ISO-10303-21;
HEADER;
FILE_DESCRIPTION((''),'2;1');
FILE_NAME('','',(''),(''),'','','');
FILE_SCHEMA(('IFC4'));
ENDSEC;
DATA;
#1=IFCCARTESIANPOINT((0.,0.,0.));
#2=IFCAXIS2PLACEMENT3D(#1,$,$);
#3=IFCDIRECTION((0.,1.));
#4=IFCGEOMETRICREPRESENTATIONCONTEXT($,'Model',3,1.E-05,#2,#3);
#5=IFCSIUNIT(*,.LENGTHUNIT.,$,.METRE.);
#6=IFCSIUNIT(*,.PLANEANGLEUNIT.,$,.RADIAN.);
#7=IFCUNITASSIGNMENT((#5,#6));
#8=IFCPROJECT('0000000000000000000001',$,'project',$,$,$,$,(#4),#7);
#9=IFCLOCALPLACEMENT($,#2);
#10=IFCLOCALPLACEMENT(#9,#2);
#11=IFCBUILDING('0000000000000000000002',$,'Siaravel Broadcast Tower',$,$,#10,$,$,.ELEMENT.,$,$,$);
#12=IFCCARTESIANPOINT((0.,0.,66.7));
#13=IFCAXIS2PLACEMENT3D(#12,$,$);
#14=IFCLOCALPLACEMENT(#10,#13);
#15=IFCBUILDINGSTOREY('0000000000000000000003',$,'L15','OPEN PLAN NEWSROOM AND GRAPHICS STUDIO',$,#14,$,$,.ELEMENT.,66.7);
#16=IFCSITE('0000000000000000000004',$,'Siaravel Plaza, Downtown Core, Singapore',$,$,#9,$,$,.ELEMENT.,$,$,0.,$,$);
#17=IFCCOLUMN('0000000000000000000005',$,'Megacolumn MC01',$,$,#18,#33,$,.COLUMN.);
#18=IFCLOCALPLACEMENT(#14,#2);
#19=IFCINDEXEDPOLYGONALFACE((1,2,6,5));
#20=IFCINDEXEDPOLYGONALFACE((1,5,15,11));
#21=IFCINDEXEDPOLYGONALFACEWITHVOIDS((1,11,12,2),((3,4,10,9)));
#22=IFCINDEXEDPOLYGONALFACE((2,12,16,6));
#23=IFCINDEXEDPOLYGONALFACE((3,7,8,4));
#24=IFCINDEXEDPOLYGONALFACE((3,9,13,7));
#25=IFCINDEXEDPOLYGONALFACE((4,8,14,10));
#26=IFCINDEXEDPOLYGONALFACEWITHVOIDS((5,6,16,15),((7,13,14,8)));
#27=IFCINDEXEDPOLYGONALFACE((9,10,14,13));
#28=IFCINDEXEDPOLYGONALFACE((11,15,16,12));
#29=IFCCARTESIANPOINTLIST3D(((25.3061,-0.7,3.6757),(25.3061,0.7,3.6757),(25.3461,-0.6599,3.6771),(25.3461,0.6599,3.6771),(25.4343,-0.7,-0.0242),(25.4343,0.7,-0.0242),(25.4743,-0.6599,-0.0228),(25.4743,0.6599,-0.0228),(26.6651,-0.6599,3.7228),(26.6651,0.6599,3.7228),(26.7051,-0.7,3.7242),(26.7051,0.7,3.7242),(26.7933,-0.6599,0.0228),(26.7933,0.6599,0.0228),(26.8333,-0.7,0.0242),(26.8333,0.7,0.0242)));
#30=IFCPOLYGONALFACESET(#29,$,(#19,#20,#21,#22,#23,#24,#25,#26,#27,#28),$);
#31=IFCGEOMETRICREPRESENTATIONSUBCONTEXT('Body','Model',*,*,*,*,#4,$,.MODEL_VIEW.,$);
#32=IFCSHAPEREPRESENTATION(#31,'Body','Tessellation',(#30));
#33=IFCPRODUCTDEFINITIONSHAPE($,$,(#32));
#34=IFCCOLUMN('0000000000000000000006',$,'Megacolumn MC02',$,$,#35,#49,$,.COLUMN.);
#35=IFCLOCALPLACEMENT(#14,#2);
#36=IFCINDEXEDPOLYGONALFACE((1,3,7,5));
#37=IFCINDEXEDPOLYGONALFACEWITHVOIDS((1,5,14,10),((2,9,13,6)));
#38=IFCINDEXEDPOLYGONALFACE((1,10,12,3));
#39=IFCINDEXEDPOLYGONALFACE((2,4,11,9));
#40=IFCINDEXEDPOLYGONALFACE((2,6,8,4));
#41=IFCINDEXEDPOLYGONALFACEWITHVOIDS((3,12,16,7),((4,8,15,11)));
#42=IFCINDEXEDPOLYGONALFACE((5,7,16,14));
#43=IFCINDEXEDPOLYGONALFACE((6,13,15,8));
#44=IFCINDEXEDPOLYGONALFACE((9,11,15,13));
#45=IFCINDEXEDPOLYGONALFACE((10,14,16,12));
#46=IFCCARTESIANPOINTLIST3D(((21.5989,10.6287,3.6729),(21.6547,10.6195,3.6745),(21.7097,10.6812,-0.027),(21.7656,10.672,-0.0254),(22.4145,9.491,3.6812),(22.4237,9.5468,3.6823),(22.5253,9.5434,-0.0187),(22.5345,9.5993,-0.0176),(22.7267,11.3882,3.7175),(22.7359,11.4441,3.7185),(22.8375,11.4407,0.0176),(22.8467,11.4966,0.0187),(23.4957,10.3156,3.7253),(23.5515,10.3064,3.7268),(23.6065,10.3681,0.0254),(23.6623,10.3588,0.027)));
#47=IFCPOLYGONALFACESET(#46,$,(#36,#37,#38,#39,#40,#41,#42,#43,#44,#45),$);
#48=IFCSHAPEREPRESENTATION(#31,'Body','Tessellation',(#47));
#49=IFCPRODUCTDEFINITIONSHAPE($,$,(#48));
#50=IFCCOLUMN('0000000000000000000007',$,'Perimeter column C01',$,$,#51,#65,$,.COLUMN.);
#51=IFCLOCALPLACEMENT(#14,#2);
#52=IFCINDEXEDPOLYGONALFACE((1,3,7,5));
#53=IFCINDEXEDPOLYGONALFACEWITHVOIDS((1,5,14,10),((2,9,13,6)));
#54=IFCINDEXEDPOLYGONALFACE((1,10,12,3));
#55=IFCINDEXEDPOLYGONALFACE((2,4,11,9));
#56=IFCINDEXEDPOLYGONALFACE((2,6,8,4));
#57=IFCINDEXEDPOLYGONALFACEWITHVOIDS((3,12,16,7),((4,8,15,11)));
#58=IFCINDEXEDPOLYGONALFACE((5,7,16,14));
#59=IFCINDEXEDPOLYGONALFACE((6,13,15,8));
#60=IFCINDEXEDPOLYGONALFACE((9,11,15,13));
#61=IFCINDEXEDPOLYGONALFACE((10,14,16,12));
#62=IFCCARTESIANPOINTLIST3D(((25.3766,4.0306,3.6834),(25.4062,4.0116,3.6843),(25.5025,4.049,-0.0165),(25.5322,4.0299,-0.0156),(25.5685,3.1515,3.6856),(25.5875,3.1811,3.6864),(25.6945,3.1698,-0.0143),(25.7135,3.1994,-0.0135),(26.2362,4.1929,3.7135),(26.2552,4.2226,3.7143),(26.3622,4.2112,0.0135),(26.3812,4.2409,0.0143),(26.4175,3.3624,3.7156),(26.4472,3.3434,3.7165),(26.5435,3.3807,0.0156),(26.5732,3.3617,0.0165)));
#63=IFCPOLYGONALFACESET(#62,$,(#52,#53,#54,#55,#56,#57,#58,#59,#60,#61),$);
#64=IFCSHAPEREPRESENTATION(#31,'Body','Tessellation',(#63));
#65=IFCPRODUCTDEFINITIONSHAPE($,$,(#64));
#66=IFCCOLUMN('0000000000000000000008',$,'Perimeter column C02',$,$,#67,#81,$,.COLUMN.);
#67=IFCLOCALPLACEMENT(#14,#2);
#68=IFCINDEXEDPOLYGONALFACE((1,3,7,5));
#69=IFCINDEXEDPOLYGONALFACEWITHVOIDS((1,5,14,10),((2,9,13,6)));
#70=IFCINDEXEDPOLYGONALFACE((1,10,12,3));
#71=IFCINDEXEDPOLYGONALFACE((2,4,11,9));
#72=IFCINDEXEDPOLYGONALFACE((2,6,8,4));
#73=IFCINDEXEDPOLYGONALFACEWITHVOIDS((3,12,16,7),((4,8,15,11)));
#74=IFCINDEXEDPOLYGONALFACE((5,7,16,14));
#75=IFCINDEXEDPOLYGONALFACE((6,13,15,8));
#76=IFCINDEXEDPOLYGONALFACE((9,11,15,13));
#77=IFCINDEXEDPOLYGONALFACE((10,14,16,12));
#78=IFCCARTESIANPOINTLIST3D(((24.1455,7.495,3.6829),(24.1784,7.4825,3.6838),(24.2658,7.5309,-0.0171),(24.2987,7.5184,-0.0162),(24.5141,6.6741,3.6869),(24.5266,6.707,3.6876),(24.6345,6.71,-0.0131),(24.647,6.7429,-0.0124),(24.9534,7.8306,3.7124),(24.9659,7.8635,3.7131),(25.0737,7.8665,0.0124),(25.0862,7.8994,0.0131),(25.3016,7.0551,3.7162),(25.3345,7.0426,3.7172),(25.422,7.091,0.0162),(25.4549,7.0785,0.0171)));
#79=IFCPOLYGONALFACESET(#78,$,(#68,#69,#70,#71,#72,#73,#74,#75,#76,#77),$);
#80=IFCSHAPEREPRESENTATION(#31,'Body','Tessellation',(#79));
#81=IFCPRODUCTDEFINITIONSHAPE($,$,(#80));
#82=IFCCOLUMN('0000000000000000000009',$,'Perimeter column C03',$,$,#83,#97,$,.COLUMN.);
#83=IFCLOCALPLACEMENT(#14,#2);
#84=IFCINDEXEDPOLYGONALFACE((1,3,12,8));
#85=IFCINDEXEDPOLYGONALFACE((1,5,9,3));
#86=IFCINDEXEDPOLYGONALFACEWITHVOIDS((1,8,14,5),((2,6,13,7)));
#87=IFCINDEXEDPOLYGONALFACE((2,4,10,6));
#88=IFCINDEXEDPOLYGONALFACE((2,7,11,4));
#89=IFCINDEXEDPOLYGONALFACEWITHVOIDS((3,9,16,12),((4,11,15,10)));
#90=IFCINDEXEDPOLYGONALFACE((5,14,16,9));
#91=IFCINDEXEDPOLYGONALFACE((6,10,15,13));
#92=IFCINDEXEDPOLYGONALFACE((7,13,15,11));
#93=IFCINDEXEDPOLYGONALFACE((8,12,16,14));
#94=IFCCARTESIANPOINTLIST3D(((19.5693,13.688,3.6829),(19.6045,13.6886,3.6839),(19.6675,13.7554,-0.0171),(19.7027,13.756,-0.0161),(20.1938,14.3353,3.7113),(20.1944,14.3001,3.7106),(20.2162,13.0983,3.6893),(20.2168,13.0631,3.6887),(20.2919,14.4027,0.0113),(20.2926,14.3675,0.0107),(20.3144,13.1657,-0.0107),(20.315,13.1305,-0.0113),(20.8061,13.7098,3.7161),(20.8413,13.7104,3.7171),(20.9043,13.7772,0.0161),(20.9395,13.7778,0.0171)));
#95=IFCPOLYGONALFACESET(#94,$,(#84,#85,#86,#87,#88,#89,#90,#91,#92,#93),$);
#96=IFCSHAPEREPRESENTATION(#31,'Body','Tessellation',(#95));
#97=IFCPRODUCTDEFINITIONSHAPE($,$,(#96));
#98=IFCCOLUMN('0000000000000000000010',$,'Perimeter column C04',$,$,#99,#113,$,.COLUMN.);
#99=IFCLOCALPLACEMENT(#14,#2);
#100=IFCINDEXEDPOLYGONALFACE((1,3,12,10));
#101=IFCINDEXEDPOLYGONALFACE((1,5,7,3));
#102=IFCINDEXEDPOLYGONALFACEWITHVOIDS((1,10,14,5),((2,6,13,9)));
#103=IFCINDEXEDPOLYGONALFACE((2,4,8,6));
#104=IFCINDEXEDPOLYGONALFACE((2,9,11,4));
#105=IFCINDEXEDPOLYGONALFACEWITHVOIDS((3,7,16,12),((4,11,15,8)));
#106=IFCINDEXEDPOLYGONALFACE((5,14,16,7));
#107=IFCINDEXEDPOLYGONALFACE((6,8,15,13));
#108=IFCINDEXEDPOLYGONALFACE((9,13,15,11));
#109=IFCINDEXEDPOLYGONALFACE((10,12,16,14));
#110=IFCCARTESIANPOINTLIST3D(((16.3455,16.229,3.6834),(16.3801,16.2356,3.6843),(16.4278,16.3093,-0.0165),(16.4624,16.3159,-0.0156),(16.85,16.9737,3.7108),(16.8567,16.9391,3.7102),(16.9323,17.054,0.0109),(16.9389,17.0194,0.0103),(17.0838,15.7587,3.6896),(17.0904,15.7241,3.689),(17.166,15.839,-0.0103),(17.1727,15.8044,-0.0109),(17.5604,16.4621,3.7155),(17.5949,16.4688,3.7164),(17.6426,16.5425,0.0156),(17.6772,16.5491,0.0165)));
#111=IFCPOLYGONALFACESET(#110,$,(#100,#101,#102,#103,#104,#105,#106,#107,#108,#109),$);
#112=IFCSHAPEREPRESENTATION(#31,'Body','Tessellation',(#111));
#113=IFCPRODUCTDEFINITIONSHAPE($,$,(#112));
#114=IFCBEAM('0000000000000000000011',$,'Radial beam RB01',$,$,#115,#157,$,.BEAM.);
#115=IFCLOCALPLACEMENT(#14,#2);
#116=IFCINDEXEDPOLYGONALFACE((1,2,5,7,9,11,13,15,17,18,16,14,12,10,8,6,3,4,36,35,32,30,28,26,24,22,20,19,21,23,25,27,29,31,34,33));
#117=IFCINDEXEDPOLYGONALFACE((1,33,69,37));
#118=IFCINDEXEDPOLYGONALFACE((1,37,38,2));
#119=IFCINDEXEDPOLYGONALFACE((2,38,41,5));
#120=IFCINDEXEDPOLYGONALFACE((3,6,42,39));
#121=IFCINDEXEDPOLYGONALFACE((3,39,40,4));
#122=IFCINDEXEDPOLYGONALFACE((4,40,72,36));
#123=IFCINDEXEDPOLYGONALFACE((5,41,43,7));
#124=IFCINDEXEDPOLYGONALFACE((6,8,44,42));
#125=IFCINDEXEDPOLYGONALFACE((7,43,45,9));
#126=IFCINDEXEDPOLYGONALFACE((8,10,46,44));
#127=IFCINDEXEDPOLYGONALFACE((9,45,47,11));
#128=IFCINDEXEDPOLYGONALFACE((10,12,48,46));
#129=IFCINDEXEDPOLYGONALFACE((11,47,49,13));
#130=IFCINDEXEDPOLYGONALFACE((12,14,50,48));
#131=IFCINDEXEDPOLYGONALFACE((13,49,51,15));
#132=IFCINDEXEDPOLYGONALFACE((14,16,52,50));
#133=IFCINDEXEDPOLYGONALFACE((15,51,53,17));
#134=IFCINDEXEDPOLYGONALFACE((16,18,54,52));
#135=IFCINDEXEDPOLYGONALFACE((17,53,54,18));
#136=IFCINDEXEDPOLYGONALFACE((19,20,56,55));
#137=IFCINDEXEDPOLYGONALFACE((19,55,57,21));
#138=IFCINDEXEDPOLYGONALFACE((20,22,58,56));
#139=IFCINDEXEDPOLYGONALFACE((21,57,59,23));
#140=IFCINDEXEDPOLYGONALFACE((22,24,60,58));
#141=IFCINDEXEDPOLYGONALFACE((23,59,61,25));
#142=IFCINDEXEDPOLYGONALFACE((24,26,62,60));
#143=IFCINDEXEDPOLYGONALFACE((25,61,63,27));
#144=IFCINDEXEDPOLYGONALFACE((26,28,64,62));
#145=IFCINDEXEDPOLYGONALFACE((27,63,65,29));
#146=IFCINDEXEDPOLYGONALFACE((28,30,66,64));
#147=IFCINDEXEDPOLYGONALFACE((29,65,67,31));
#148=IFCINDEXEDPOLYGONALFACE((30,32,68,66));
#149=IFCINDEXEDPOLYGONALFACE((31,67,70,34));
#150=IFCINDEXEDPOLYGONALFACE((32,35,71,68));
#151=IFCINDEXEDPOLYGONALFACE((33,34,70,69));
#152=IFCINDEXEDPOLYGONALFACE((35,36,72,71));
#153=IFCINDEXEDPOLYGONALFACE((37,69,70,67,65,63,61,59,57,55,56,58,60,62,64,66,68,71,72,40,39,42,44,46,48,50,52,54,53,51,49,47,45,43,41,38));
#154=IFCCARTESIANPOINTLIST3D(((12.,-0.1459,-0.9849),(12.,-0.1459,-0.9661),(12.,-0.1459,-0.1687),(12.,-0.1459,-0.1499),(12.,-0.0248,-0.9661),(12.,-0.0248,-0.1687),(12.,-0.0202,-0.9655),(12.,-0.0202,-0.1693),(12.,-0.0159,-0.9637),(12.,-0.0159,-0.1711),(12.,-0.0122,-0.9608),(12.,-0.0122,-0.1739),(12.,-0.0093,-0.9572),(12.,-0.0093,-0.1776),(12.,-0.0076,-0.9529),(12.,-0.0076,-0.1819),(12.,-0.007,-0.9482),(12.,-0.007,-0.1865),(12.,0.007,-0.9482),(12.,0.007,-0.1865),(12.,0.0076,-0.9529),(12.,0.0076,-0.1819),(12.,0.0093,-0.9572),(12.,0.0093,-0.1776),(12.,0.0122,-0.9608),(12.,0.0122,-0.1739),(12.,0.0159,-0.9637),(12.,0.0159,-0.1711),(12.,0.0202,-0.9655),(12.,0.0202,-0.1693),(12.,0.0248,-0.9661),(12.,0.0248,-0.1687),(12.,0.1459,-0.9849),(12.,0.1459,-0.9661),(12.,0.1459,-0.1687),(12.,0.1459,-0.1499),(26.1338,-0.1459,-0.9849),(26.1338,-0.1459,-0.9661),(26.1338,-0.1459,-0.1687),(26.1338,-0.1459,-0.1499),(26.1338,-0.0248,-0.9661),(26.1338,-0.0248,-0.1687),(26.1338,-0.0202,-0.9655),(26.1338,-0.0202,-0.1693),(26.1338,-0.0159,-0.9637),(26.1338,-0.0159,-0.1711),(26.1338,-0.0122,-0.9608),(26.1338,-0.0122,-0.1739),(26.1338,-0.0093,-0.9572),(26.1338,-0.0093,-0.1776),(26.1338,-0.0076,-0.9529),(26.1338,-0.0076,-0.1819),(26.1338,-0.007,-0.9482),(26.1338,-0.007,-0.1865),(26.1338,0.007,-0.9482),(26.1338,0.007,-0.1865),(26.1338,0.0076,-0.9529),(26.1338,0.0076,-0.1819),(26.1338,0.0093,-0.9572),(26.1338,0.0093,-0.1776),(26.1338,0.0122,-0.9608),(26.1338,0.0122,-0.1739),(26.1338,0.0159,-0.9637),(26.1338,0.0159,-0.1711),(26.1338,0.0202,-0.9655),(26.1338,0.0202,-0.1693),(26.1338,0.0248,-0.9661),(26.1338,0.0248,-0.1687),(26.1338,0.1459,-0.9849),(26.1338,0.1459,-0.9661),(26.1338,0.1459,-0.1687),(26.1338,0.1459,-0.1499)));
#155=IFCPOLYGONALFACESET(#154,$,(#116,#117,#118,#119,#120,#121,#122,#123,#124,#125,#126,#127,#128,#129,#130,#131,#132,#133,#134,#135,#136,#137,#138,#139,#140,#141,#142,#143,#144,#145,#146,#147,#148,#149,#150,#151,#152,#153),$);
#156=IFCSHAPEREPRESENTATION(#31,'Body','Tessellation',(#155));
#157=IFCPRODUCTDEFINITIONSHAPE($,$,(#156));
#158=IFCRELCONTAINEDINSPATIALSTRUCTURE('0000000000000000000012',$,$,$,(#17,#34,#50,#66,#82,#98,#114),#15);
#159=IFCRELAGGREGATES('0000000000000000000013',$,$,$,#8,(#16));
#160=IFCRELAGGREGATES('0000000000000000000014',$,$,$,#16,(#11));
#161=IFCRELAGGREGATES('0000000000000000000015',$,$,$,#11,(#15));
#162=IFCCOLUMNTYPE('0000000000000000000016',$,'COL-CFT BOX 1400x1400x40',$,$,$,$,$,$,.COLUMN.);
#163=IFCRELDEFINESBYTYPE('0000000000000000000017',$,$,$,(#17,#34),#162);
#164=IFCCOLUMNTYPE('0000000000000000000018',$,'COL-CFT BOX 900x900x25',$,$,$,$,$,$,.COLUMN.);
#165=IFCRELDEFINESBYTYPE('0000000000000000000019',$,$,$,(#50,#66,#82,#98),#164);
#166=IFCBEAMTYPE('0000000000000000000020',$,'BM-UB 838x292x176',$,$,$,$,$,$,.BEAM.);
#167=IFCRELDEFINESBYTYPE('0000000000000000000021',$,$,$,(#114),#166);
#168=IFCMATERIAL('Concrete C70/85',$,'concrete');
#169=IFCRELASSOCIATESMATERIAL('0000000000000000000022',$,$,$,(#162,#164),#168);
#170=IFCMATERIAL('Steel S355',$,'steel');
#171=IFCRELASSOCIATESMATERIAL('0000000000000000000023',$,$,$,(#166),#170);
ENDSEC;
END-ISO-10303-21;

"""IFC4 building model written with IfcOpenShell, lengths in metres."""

from ifc_helpers import new_model, si_unit, direction, frame, origin, origin_2d, place, context, subcontext, project, spatial, hollow_rectangle, i_section, extrude, material, material_profile, profile_set, type_object, element, save


model = new_model("IFC4")

# Units and contexts
model_context = context("Model", 3, precision=1e-05, world=origin(), true_north=direction((0.0, 1.0)))
body_context = subcontext(model_context, "Body", "Model", "MODEL_VIEW")
ifc_project = project(units=[si_unit("LENGTHUNIT", "METRE"), si_unit("PLANEANGLEUNIT", "RADIAN")], contexts=[model_context])

# Site, building, storey
site_placement = place(None, origin())
site = spatial("IfcSite", under=ifc_project, at=site_placement, Name="Siaravel Plaza, Downtown Core, Singapore", CompositionType="ELEMENT", RefElevation=0.0)
building_placement = place(site_placement, origin())
building = spatial("IfcBuilding", under=site, at=building_placement, Name="Siaravel Broadcast Tower", CompositionType="ELEMENT")
storey_placement = place(building_placement, frame((0.0, 0.0, 66.7)))
storey = spatial("IfcBuildingStorey", under=building, at=storey_placement, Name="L15", Description="OPEN PLAN NEWSROOM AND GRAPHICS STUDIO", CompositionType="ELEMENT", Elevation=66.7)

# Columns
ifc_material_1 = material(Name="Concrete C70/85", Category="concrete")
ifc_material_profile_1 = material_profile(ifc_material_1, hollow_rectangle(XDim=1.3999, YDim=1.3999, WallThickness=0.04, at=origin_2d()))
ifc_profile_set_1 = profile_set([ifc_material_profile_1], Name="Concrete C70/85")
column_type_1 = type_object("IfcColumnType", Name="COL-CFT BOX 1400x1400x40", PredefinedType="COLUMN", material=ifc_profile_set_1)
column_1_placement = place(storey_placement, frame((26.1338, 0.0, 0.0), z_axis=(-0.034621, 0.0, 0.999401), x_axis=(0.0, -1.0, 0.0)))
element("IfcColumn", 1, at=column_1_placement, inside=storey, type_object=column_type_1, Name="Megacolumn MC01", PredefinedType="COLUMN", context=body_context, shape_type="SweptSolid", body=[
    extrude(hollow_rectangle(XDim=1.3999, YDim=1.3999, WallThickness=0.04, at=origin_2d()), origin(), (0.0, 0.0, 1.0), 3.7021),
])
column_2_placement = place(storey_placement, frame((22.686, 10.52, 0.0), z_axis=(-0.029941, -0.014179, 0.999451), x_axis=(0.582612, -0.812729, 0.005923)))
element("IfcColumn", 2, at=column_2_placement, inside=storey, type_object=column_type_1, Name="Megacolumn MC02", PredefinedType="COLUMN", context=body_context, shape_type="SweptSolid", body=[
    extrude(hollow_rectangle(XDim=1.3999, YDim=1.3999, WallThickness=0.04, at=origin_2d()), origin(), (0.0, 0.0, 1.0), 3.7019),
])
ifc_material_profile_2 = material_profile(ifc_material_1, hollow_rectangle(XDim=0.8999, YDim=0.8999, WallThickness=0.0249, at=origin_2d()))
ifc_profile_set_2 = profile_set([ifc_material_profile_2], Name="Concrete C70/85")
column_type_2 = type_object("IfcColumnType", Name="COL-CFT BOX 900x900x25", PredefinedType="COLUMN", material=ifc_profile_set_2)
for number, where, z_axis, x_axis, name in (
    (3, (26.0378, 3.7053, 0.0), (-0.034028, -0.004946, 0.999409), (0.213312, -0.976981, 0.002428), "Perimeter column C01"),
    (4, (24.8604, 7.3047, 0.0), (-0.032512, -0.009694, 0.999424), (0.409631, -0.91224, 0.004477), "Perimeter column C02"),
):
    element("IfcColumn", number, at=place(storey_placement, frame(where, z_axis=z_axis, x_axis=x_axis)), inside=storey, type_object=column_type_2, Name=name, PredefinedType="COLUMN", context=body_context, shape_type="SweptSolid", body=[
        extrude(hollow_rectangle(XDim=0.8999, YDim=0.8999, WallThickness=0.0249, at=origin_2d()), origin(), (0.0, 0.0, 1.0), 3.7021),
    ])
column_3_placement = place(storey_placement, frame((20.3035, 13.7666, 0.0), z_axis=(-0.026512, -0.018202, 0.999483), x_axis=(0.719548, -0.694413, 0.00644)))
element("IfcColumn", 5, at=column_3_placement, inside=storey, type_object=column_type_2, Name="Perimeter column C03", PredefinedType="COLUMN", context=body_context, shape_type="SweptSolid", body=[
    extrude(hollow_rectangle(XDim=0.8999, YDim=0.8999, WallThickness=0.0249, at=origin_2d()), origin(), (0.0, 0.0, 1.0), 3.7019),
])
column_4_placement = place(storey_placement, frame((17.0525, 16.4292, 0.0), z_axis=(-0.022226, -0.021699, 0.999517), x_axis=(0.827764, -0.561042, 0.006227)))
element("IfcColumn", 6, at=column_4_placement, inside=storey, type_object=column_type_2, Name="Perimeter column C04", PredefinedType="COLUMN", context=body_context, shape_type="SweptSolid", body=[
    extrude(hollow_rectangle(XDim=0.8999, YDim=0.8999, WallThickness=0.0249, at=origin_2d()), origin(), (0.0, 0.0, 1.0), 3.7017),
])

# Beam
ifc_material_2 = material(Name="Steel S355", Category="steel")
ifc_material_profile_3 = material_profile(ifc_material_2, i_section(OverallWidth=0.2917, OverallDepth=0.835, WebThickness=0.0139, FlangeThickness=0.0188, FilletRadius=0.0178, at=origin_2d()))
ifc_profile_set_3 = profile_set([ifc_material_profile_3], Name="Steel S355")
beam_type = type_object("IfcBeamType", Name="BM-UB 838x292x176", PredefinedType="BEAM", material=ifc_profile_set_3)
beam_1_placement = place(storey_placement, frame((26.1338, 0.0, -0.5674), z_axis=(-1.0, 0.0, 0.0), x_axis=(0.0, -1.0, 0.0)))
element("IfcBeam", 7, at=beam_1_placement, inside=storey, type_object=beam_type, Name="Radial beam RB01", PredefinedType="BEAM", context=body_context, shape_type="SweptSolid", body=[
    extrude(i_section(OverallWidth=0.2917, OverallDepth=0.835, WebThickness=0.0139, FlangeThickness=0.0188, FilletRadius=0.0178, at=origin_2d()), origin(), (0.0, 0.0, 1.0), 14.1338),
])

save(model, "model.ifc")
